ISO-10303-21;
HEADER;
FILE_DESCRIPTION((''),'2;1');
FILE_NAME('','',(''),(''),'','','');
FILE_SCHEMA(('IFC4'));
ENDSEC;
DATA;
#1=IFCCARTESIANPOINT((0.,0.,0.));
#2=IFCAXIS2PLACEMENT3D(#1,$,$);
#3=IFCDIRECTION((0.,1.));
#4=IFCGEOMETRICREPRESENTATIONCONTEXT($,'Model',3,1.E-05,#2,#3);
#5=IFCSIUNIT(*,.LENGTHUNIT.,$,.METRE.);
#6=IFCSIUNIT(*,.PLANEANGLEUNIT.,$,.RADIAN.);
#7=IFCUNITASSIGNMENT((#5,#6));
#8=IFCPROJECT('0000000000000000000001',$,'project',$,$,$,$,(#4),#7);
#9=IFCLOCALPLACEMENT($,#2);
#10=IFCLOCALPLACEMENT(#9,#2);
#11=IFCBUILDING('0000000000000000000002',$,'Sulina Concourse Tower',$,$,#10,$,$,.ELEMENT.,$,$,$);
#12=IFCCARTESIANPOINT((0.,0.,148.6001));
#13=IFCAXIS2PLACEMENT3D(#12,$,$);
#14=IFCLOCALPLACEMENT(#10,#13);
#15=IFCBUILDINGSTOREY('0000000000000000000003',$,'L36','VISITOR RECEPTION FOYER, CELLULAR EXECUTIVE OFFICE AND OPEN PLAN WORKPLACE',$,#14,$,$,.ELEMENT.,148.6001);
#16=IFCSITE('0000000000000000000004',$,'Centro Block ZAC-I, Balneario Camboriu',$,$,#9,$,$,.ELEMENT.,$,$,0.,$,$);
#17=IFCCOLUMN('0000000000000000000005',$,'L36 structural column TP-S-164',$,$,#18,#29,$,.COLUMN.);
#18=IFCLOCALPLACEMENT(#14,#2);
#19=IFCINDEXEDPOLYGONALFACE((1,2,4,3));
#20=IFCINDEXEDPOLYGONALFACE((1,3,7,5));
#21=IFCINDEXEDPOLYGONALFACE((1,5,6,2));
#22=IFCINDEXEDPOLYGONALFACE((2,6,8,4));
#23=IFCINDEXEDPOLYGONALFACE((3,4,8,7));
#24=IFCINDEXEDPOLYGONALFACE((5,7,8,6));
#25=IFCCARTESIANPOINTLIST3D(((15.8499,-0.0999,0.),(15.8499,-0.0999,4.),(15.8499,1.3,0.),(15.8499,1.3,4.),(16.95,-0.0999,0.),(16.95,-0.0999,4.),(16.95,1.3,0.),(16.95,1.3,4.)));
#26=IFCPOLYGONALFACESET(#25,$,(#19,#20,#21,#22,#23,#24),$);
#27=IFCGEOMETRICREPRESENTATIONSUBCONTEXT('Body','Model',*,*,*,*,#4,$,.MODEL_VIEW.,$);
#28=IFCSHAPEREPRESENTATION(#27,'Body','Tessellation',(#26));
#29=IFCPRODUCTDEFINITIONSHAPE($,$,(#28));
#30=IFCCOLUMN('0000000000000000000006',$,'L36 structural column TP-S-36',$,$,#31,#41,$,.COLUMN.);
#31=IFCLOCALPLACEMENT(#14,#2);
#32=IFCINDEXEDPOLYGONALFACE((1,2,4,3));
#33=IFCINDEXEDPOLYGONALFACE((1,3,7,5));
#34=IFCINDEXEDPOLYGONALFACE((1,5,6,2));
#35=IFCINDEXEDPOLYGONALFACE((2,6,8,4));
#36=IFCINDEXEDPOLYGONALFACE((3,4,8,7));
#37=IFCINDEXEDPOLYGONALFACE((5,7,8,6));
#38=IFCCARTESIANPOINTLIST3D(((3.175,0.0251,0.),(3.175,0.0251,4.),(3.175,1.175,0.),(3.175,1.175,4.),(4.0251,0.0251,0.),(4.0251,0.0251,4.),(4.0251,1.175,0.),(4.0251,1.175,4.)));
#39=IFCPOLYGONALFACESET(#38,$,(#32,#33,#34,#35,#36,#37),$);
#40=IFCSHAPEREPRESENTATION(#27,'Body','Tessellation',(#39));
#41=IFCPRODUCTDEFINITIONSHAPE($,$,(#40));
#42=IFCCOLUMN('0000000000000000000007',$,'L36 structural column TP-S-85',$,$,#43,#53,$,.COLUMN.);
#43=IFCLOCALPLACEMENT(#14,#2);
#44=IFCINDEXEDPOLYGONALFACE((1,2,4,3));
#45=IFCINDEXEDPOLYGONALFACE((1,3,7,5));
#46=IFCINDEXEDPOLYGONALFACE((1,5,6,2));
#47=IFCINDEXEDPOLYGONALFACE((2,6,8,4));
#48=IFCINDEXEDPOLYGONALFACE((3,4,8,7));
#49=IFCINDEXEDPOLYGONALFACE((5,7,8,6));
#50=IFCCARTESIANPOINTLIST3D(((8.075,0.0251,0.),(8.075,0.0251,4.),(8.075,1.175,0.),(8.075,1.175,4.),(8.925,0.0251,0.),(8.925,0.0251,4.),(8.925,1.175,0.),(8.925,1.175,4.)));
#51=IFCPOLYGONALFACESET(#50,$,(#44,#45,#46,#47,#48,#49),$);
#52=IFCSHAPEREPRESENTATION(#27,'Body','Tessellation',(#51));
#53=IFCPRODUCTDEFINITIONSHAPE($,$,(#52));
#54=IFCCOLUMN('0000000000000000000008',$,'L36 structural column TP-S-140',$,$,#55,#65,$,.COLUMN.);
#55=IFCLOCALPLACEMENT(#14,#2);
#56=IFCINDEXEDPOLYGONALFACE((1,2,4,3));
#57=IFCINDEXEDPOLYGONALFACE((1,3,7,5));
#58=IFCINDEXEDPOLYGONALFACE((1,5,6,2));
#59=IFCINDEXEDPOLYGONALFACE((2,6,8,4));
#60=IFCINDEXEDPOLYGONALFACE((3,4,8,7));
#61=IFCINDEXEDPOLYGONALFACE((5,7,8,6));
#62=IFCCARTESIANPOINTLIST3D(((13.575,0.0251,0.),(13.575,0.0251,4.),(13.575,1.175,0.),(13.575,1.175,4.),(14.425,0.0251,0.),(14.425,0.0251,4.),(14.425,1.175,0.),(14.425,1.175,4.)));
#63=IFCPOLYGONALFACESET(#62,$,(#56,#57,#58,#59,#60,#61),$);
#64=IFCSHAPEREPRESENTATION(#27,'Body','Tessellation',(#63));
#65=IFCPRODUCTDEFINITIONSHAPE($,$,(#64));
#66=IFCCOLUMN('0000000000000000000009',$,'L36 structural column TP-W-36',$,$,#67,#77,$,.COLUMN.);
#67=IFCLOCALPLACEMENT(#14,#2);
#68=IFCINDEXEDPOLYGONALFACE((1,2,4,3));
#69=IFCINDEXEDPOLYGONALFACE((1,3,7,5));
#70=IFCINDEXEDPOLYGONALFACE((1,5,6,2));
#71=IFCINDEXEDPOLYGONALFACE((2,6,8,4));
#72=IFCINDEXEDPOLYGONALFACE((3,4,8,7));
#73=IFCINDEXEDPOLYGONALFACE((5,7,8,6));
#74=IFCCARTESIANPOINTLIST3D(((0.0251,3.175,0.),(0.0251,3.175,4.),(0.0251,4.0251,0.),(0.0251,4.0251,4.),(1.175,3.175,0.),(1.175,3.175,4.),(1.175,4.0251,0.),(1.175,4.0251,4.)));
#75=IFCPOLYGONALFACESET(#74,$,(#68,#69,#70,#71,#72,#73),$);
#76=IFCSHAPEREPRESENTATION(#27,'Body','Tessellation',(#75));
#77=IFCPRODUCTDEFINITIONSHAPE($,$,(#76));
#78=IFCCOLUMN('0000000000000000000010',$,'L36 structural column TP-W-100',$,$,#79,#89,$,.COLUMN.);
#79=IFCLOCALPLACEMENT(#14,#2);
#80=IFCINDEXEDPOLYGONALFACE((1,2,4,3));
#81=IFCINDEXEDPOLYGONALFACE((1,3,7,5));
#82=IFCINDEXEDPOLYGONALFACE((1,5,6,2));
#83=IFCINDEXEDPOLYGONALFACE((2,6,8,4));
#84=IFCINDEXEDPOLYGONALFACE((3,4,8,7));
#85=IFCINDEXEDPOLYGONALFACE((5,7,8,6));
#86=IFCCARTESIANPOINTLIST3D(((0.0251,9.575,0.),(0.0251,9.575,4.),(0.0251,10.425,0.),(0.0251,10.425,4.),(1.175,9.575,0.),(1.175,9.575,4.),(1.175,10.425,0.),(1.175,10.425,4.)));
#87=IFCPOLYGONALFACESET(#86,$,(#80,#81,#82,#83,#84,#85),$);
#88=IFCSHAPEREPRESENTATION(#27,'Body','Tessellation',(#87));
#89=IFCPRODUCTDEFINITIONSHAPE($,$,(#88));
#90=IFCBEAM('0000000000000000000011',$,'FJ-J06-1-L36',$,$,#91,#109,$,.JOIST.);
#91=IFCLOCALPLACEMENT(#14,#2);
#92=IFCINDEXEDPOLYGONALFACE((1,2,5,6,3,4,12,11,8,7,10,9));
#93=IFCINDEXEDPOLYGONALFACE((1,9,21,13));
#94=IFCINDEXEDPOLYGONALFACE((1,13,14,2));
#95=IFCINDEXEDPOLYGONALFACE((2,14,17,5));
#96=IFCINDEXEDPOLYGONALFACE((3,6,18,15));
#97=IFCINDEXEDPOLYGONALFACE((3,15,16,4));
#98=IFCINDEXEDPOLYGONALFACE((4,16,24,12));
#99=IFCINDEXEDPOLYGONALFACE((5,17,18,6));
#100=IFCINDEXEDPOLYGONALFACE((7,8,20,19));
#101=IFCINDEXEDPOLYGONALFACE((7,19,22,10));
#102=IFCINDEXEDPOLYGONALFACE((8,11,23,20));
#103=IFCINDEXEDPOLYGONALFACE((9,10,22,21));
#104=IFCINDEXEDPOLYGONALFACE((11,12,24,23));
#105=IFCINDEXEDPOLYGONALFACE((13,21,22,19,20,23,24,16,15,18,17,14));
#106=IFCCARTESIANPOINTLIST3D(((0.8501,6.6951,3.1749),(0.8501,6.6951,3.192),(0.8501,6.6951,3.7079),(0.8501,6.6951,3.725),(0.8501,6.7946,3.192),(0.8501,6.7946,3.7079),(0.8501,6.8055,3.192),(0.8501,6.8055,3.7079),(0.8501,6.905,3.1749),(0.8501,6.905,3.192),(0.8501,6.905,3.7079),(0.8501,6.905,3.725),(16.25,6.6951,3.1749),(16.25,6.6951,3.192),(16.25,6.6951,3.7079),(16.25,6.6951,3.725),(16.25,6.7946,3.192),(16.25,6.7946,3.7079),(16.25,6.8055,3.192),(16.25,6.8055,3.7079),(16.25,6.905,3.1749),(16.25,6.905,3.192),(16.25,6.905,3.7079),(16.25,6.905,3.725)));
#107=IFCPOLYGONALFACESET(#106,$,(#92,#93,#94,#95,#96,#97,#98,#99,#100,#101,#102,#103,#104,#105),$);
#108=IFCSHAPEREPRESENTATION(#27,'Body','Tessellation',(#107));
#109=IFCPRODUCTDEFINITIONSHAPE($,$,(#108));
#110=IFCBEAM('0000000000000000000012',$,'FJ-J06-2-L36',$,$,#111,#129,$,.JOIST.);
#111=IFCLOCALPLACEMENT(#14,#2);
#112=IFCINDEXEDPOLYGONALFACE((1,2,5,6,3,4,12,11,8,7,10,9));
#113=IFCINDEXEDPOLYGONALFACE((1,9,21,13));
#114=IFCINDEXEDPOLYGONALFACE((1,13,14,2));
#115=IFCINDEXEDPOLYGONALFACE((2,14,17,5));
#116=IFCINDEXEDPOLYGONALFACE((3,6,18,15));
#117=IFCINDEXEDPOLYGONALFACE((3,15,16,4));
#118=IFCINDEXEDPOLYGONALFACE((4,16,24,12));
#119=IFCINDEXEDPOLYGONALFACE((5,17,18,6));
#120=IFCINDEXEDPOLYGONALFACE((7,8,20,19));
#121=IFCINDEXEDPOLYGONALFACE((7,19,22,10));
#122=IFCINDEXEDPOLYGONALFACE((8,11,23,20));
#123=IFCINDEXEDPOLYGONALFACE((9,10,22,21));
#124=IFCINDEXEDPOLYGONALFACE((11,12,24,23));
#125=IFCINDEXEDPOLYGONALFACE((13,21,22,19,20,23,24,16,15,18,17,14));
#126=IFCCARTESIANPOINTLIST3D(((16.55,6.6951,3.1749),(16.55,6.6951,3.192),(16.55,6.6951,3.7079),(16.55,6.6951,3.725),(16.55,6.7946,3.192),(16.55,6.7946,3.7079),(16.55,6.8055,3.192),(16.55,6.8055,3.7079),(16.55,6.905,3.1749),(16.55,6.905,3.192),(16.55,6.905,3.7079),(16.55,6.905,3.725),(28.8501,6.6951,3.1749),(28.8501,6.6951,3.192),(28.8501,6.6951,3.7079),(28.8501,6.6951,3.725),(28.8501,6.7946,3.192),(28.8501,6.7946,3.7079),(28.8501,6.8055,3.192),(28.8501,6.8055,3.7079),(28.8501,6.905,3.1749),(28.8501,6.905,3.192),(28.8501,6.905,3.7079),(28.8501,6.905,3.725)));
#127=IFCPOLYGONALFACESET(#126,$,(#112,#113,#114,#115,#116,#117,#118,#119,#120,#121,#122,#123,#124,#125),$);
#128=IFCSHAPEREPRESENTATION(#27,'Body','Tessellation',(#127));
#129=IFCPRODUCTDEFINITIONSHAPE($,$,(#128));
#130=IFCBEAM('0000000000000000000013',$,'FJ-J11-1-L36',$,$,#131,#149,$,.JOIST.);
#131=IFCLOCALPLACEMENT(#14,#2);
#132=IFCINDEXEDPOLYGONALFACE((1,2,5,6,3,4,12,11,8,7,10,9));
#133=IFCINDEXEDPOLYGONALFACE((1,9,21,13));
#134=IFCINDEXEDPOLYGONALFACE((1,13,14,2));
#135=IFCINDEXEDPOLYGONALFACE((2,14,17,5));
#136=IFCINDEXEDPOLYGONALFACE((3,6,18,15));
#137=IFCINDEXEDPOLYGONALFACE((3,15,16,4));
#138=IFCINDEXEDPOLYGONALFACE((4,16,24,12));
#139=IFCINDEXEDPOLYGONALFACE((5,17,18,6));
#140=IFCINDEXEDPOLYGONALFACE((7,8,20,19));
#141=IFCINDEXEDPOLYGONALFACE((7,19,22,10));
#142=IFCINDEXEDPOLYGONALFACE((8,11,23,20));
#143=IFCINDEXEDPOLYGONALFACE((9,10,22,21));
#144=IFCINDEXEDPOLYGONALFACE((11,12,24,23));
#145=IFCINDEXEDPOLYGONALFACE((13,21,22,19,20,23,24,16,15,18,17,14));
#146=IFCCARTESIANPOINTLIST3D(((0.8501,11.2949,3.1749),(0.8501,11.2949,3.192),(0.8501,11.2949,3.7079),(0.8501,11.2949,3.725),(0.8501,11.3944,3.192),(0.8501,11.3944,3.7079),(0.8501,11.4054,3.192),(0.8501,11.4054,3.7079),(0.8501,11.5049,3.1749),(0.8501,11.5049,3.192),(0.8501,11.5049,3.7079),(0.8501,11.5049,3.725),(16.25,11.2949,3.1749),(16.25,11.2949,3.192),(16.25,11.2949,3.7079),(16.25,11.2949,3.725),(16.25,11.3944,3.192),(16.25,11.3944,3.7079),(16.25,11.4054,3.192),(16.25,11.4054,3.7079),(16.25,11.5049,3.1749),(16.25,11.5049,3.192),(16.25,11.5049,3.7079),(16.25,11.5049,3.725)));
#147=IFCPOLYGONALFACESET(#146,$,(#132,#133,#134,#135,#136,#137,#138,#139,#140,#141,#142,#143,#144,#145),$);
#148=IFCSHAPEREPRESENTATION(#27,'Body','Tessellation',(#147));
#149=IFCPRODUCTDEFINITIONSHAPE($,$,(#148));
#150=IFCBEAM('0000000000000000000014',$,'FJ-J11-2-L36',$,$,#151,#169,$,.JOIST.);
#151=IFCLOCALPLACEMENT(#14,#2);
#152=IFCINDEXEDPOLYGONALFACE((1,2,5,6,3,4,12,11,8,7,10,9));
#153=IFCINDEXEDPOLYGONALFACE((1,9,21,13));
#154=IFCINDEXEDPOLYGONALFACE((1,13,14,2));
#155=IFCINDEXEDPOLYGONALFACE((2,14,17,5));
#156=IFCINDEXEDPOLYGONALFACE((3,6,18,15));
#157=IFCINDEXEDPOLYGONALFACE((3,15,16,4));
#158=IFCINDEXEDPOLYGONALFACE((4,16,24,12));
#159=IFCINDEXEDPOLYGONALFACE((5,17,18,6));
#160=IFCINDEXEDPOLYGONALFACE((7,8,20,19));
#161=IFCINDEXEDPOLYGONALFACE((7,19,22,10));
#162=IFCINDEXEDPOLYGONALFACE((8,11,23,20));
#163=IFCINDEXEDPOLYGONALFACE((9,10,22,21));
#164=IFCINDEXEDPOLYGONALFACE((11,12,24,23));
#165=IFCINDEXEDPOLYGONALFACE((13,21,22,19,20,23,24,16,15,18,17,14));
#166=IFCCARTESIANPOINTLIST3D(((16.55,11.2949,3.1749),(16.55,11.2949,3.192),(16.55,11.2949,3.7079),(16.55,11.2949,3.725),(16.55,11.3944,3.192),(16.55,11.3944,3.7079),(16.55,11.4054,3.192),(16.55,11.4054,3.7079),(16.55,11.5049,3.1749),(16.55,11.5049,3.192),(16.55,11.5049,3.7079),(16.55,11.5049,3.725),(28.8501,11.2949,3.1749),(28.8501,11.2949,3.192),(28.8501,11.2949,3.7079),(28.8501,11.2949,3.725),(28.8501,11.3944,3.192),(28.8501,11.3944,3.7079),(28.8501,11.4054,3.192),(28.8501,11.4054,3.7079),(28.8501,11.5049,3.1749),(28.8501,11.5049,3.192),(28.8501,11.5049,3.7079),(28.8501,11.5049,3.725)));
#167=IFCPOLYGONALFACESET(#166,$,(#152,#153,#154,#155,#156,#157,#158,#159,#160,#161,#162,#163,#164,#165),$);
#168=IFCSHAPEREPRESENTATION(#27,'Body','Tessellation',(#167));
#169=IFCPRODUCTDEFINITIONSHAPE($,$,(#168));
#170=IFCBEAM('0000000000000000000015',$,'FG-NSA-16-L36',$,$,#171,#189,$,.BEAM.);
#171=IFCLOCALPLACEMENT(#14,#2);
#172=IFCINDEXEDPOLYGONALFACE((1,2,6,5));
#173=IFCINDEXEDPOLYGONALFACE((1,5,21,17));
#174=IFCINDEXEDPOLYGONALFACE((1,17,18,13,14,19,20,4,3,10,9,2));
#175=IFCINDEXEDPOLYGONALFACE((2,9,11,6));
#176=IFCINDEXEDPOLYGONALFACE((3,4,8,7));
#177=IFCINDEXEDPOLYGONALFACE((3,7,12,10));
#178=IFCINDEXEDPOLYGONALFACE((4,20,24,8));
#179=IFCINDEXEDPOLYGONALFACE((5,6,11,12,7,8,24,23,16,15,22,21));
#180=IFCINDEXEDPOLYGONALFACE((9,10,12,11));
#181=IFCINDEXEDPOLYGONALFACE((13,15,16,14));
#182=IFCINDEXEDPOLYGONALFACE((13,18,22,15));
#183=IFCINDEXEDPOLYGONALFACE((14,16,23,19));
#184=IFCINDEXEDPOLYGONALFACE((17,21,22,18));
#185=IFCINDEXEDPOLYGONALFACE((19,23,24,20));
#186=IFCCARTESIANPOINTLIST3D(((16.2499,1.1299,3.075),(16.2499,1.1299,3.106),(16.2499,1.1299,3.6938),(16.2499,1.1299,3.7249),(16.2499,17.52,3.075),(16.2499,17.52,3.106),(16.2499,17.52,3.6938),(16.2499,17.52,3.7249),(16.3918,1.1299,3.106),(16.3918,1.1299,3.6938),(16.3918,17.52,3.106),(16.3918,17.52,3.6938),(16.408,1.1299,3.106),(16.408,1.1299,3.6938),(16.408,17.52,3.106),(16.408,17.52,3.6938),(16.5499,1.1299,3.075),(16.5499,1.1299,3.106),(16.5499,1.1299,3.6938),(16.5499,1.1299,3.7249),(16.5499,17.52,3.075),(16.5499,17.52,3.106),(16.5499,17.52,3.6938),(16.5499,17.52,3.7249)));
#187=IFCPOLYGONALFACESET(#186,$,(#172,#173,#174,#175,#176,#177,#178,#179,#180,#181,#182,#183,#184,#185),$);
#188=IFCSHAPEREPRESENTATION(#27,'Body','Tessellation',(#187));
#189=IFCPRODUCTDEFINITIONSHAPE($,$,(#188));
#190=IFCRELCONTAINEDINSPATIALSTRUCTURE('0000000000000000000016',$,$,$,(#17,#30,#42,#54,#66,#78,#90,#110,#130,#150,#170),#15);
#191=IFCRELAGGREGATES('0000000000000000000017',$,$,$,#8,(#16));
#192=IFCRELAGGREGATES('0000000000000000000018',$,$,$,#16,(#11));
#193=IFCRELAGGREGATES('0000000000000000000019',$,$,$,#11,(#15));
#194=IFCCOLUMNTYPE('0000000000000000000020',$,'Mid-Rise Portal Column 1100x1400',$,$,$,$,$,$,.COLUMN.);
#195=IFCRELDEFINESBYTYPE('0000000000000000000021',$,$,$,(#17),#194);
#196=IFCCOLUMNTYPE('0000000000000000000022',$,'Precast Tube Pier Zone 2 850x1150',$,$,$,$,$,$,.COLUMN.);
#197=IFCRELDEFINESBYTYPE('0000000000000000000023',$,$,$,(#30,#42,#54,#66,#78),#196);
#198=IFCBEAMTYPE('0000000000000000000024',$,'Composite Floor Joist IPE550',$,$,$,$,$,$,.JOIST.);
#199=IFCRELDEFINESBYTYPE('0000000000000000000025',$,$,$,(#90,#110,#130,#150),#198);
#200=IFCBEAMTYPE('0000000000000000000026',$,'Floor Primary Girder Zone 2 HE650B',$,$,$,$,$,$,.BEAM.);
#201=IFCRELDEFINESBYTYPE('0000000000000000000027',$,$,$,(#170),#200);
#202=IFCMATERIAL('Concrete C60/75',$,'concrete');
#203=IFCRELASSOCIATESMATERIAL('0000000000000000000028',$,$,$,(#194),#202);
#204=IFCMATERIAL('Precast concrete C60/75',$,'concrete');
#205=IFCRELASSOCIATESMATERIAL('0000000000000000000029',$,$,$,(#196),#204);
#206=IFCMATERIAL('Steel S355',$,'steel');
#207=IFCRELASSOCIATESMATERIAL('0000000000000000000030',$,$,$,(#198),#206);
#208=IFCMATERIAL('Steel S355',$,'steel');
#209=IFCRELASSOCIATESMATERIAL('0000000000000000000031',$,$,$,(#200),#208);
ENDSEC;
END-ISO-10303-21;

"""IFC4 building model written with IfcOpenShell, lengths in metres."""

from ifc_helpers import new_model, si_unit, direction, frame, origin, origin_2d, place, context, subcontext, project, spatial, rectangle, i_section, extrude, material, material_profile, profile_set, type_object, element, save


model = new_model("IFC4")

# Units and contexts
model_context = context("Model", 3, precision=1e-05, world=origin(), true_north=direction((0.0, 1.0)))
body_context = subcontext(model_context, "Body", "Model", "MODEL_VIEW")
ifc_project = project(units=[si_unit("LENGTHUNIT", "METRE"), si_unit("PLANEANGLEUNIT", "RADIAN")], contexts=[model_context])

# Site, building, storey
site_placement = place(None, origin())
site = spatial("IfcSite", under=ifc_project, at=site_placement, Name="Centro Block ZAC-I, Balneario Camboriu", CompositionType="ELEMENT", RefElevation=0.0)
building_placement = place(site_placement, origin())
building = spatial("IfcBuilding", under=site, at=building_placement, Name="Sulina Concourse Tower", CompositionType="ELEMENT")
storey_placement = place(building_placement, frame((0.0, 0.0, 148.6001)))
storey = spatial("IfcBuildingStorey", under=building, at=storey_placement, Name="L36", Description="VISITOR RECEPTION FOYER, CELLULAR EXECUTIVE OFFICE AND OPEN PLAN WORKPLACE", CompositionType="ELEMENT", Elevation=148.6001)

# Columns
ifc_material_1 = material(Name="Concrete C60/75", Category="concrete")
ifc_material_profile_1 = material_profile(ifc_material_1, rectangle(XDim=1.1001, YDim=1.3999, at=origin_2d()), Name="RC 1100x1400")
ifc_profile_set_1 = profile_set([ifc_material_profile_1], Name="Concrete C60/75")
column_type_1 = type_object("IfcColumnType", Name="Mid-Rise Portal Column 1100x1400", PredefinedType="COLUMN", material=ifc_profile_set_1)
column_placement = place(storey_placement, frame((16.3999, 0.6001, 0.0), z_axis=(0.0, 0.0, 1.0), x_axis=(1.0, 0.0, 0.0)))
element("IfcColumn", 1, at=column_placement, inside=storey, type_object=column_type_1, Name="L36 structural column TP-S-164", PredefinedType="COLUMN", context=body_context, shape_type="SweptSolid", body=[
    extrude(rectangle(XDim=1.1001, YDim=1.3999, at=origin_2d()), origin(), (0.0, 0.0, 1.0), 4.0),
])
ifc_material_2 = material(Name="Precast concrete C60/75", Category="concrete")
ifc_material_profile_2 = material_profile(ifc_material_2, rectangle(XDim=0.8501, YDim=1.1499, at=origin_2d()), Name="PC 850x1150")
ifc_profile_set_2 = profile_set([ifc_material_profile_2], Name="Precast concrete C60/75")
column_type_2 = type_object("IfcColumnType", Name="Precast Tube Pier Zone 2 850x1150", PredefinedType="COLUMN", material=ifc_profile_set_2)
for number, where, z_axis, x_axis, name in (
    (2, (3.6001, 0.6001, 0.0), (0.0, 0.0, 1.0), (1.0, 0.0, 0.0), "L36 structural column TP-S-36"),
    (3, (8.5, 0.6001, 0.0), (0.0, 0.0, 1.0), (1.0, 0.0, 0.0), "L36 structural column TP-S-85"),
    (4, (14.0, 0.6001, 0.0), (0.0, 0.0, 1.0), (1.0, 0.0, 0.0), "L36 structural column TP-S-140"),
    (5, (0.6001, 3.6001, 0.0), (0.0, 0.0, 1.0), (0.0, 1.0, 0.0), "L36 structural column TP-W-36"),
    (6, (0.6001, 10.0, 0.0), (0.0, 0.0, 1.0), (0.0, 1.0, 0.0), "L36 structural column TP-W-100"),
):
    element("IfcColumn", number, at=place(storey_placement, frame(where, z_axis=z_axis, x_axis=x_axis)), inside=storey, type_object=column_type_2, Name=name, PredefinedType="COLUMN", context=body_context, shape_type="SweptSolid", body=[
        extrude(rectangle(XDim=0.8501, YDim=1.1499, at=origin_2d()), origin(), (0.0, 0.0, 1.0), 4.0),
    ])

# Beams
ifc_material_3 = material(Name="Steel S355", Category="steel")
ifc_material_profile_3 = material_profile(ifc_material_3, i_section(OverallWidth=0.21, OverallDepth=0.55, WebThickness=0.011, FlangeThickness=0.0171, at=origin_2d()), Name="IPE 550")
ifc_profile_set_3 = profile_set([ifc_material_profile_3], Name="Steel S355")
beam_type_1 = type_object("IfcBeamType", Name="Composite Floor Joist IPE550", PredefinedType="JOIST", material=ifc_profile_set_3)
beam_1_placement = place(storey_placement, frame((0.8501, 6.8, 3.45), z_axis=(1.0, 0.0, 0.0), x_axis=(0.0, 1.0, 0.0)))
element("IfcBeam", 7, at=beam_1_placement, inside=storey, type_object=beam_type_1, Name="FJ-J06-1-L36", PredefinedType="JOIST", context=body_context, shape_type="SweptSolid", body=[
    extrude(i_section(OverallWidth=0.21, OverallDepth=0.55, WebThickness=0.011, FlangeThickness=0.0171, at=origin_2d()), origin(), (0.0, 0.0, 1.0), 15.3999),
])
beam_2_placement = place(storey_placement, frame((16.55, 6.8, 3.45), z_axis=(1.0, 0.0, 0.0), x_axis=(0.0, 1.0, 0.0)))
element("IfcBeam", 8, at=beam_2_placement, inside=storey, type_object=beam_type_1, Name="FJ-J06-2-L36", PredefinedType="JOIST", context=body_context, shape_type="SweptSolid", body=[
    extrude(i_section(OverallWidth=0.21, OverallDepth=0.55, WebThickness=0.011, FlangeThickness=0.0171, at=origin_2d()), origin(), (0.0, 0.0, 1.0), 12.3),
])
beam_3_placement = place(storey_placement, frame((0.8501, 11.3999, 3.45), z_axis=(1.0, 0.0, 0.0), x_axis=(0.0, 1.0, 0.0)))
element("IfcBeam", 9, at=beam_3_placement, inside=storey, type_object=beam_type_1, Name="FJ-J11-1-L36", PredefinedType="JOIST", context=body_context, shape_type="SweptSolid", body=[
    extrude(i_section(OverallWidth=0.21, OverallDepth=0.55, WebThickness=0.011, FlangeThickness=0.0171, at=origin_2d()), origin(), (0.0, 0.0, 1.0), 15.3999),
])
beam_4_placement = place(storey_placement, frame((16.55, 11.3999, 3.45), z_axis=(1.0, 0.0, 0.0), x_axis=(0.0, 1.0, 0.0)))
element("IfcBeam", 10, at=beam_4_placement, inside=storey, type_object=beam_type_1, Name="FJ-J11-2-L36", PredefinedType="JOIST", context=body_context, shape_type="SweptSolid", body=[
    extrude(i_section(OverallWidth=0.21, OverallDepth=0.55, WebThickness=0.011, FlangeThickness=0.0171, at=origin_2d()), origin(), (0.0, 0.0, 1.0), 12.3),
])
ifc_material_4 = material(Name="Steel S355", Category="steel")
ifc_material_profile_4 = material_profile(ifc_material_4, i_section(OverallWidth=0.3, OverallDepth=0.6499, WebThickness=0.0161, FlangeThickness=0.031, at=origin_2d()), Name="HE 650 B")
ifc_profile_set_4 = profile_set([ifc_material_profile_4], Name="Steel S355")
beam_type_2 = type_object("IfcBeamType", Name="Floor Primary Girder Zone 2 HE650B", PredefinedType="BEAM", material=ifc_profile_set_4)
beam_5_placement = place(storey_placement, frame((16.3999, 1.1299, 3.3999), z_axis=(0.0, 1.0, 0.0), x_axis=(-1.0, 0.0, 0.0)))
element("IfcBeam", 11, at=beam_5_placement, inside=storey, type_object=beam_type_2, Name="FG-NSA-16-L36", PredefinedType="BEAM", context=body_context, shape_type="SweptSolid", body=[
    extrude(i_section(OverallWidth=0.3, OverallDepth=0.6499, WebThickness=0.0161, FlangeThickness=0.031, at=origin_2d()), origin(), (0.0, 0.0, 1.0), 16.3901),
])

save(model, "model.ifc")
